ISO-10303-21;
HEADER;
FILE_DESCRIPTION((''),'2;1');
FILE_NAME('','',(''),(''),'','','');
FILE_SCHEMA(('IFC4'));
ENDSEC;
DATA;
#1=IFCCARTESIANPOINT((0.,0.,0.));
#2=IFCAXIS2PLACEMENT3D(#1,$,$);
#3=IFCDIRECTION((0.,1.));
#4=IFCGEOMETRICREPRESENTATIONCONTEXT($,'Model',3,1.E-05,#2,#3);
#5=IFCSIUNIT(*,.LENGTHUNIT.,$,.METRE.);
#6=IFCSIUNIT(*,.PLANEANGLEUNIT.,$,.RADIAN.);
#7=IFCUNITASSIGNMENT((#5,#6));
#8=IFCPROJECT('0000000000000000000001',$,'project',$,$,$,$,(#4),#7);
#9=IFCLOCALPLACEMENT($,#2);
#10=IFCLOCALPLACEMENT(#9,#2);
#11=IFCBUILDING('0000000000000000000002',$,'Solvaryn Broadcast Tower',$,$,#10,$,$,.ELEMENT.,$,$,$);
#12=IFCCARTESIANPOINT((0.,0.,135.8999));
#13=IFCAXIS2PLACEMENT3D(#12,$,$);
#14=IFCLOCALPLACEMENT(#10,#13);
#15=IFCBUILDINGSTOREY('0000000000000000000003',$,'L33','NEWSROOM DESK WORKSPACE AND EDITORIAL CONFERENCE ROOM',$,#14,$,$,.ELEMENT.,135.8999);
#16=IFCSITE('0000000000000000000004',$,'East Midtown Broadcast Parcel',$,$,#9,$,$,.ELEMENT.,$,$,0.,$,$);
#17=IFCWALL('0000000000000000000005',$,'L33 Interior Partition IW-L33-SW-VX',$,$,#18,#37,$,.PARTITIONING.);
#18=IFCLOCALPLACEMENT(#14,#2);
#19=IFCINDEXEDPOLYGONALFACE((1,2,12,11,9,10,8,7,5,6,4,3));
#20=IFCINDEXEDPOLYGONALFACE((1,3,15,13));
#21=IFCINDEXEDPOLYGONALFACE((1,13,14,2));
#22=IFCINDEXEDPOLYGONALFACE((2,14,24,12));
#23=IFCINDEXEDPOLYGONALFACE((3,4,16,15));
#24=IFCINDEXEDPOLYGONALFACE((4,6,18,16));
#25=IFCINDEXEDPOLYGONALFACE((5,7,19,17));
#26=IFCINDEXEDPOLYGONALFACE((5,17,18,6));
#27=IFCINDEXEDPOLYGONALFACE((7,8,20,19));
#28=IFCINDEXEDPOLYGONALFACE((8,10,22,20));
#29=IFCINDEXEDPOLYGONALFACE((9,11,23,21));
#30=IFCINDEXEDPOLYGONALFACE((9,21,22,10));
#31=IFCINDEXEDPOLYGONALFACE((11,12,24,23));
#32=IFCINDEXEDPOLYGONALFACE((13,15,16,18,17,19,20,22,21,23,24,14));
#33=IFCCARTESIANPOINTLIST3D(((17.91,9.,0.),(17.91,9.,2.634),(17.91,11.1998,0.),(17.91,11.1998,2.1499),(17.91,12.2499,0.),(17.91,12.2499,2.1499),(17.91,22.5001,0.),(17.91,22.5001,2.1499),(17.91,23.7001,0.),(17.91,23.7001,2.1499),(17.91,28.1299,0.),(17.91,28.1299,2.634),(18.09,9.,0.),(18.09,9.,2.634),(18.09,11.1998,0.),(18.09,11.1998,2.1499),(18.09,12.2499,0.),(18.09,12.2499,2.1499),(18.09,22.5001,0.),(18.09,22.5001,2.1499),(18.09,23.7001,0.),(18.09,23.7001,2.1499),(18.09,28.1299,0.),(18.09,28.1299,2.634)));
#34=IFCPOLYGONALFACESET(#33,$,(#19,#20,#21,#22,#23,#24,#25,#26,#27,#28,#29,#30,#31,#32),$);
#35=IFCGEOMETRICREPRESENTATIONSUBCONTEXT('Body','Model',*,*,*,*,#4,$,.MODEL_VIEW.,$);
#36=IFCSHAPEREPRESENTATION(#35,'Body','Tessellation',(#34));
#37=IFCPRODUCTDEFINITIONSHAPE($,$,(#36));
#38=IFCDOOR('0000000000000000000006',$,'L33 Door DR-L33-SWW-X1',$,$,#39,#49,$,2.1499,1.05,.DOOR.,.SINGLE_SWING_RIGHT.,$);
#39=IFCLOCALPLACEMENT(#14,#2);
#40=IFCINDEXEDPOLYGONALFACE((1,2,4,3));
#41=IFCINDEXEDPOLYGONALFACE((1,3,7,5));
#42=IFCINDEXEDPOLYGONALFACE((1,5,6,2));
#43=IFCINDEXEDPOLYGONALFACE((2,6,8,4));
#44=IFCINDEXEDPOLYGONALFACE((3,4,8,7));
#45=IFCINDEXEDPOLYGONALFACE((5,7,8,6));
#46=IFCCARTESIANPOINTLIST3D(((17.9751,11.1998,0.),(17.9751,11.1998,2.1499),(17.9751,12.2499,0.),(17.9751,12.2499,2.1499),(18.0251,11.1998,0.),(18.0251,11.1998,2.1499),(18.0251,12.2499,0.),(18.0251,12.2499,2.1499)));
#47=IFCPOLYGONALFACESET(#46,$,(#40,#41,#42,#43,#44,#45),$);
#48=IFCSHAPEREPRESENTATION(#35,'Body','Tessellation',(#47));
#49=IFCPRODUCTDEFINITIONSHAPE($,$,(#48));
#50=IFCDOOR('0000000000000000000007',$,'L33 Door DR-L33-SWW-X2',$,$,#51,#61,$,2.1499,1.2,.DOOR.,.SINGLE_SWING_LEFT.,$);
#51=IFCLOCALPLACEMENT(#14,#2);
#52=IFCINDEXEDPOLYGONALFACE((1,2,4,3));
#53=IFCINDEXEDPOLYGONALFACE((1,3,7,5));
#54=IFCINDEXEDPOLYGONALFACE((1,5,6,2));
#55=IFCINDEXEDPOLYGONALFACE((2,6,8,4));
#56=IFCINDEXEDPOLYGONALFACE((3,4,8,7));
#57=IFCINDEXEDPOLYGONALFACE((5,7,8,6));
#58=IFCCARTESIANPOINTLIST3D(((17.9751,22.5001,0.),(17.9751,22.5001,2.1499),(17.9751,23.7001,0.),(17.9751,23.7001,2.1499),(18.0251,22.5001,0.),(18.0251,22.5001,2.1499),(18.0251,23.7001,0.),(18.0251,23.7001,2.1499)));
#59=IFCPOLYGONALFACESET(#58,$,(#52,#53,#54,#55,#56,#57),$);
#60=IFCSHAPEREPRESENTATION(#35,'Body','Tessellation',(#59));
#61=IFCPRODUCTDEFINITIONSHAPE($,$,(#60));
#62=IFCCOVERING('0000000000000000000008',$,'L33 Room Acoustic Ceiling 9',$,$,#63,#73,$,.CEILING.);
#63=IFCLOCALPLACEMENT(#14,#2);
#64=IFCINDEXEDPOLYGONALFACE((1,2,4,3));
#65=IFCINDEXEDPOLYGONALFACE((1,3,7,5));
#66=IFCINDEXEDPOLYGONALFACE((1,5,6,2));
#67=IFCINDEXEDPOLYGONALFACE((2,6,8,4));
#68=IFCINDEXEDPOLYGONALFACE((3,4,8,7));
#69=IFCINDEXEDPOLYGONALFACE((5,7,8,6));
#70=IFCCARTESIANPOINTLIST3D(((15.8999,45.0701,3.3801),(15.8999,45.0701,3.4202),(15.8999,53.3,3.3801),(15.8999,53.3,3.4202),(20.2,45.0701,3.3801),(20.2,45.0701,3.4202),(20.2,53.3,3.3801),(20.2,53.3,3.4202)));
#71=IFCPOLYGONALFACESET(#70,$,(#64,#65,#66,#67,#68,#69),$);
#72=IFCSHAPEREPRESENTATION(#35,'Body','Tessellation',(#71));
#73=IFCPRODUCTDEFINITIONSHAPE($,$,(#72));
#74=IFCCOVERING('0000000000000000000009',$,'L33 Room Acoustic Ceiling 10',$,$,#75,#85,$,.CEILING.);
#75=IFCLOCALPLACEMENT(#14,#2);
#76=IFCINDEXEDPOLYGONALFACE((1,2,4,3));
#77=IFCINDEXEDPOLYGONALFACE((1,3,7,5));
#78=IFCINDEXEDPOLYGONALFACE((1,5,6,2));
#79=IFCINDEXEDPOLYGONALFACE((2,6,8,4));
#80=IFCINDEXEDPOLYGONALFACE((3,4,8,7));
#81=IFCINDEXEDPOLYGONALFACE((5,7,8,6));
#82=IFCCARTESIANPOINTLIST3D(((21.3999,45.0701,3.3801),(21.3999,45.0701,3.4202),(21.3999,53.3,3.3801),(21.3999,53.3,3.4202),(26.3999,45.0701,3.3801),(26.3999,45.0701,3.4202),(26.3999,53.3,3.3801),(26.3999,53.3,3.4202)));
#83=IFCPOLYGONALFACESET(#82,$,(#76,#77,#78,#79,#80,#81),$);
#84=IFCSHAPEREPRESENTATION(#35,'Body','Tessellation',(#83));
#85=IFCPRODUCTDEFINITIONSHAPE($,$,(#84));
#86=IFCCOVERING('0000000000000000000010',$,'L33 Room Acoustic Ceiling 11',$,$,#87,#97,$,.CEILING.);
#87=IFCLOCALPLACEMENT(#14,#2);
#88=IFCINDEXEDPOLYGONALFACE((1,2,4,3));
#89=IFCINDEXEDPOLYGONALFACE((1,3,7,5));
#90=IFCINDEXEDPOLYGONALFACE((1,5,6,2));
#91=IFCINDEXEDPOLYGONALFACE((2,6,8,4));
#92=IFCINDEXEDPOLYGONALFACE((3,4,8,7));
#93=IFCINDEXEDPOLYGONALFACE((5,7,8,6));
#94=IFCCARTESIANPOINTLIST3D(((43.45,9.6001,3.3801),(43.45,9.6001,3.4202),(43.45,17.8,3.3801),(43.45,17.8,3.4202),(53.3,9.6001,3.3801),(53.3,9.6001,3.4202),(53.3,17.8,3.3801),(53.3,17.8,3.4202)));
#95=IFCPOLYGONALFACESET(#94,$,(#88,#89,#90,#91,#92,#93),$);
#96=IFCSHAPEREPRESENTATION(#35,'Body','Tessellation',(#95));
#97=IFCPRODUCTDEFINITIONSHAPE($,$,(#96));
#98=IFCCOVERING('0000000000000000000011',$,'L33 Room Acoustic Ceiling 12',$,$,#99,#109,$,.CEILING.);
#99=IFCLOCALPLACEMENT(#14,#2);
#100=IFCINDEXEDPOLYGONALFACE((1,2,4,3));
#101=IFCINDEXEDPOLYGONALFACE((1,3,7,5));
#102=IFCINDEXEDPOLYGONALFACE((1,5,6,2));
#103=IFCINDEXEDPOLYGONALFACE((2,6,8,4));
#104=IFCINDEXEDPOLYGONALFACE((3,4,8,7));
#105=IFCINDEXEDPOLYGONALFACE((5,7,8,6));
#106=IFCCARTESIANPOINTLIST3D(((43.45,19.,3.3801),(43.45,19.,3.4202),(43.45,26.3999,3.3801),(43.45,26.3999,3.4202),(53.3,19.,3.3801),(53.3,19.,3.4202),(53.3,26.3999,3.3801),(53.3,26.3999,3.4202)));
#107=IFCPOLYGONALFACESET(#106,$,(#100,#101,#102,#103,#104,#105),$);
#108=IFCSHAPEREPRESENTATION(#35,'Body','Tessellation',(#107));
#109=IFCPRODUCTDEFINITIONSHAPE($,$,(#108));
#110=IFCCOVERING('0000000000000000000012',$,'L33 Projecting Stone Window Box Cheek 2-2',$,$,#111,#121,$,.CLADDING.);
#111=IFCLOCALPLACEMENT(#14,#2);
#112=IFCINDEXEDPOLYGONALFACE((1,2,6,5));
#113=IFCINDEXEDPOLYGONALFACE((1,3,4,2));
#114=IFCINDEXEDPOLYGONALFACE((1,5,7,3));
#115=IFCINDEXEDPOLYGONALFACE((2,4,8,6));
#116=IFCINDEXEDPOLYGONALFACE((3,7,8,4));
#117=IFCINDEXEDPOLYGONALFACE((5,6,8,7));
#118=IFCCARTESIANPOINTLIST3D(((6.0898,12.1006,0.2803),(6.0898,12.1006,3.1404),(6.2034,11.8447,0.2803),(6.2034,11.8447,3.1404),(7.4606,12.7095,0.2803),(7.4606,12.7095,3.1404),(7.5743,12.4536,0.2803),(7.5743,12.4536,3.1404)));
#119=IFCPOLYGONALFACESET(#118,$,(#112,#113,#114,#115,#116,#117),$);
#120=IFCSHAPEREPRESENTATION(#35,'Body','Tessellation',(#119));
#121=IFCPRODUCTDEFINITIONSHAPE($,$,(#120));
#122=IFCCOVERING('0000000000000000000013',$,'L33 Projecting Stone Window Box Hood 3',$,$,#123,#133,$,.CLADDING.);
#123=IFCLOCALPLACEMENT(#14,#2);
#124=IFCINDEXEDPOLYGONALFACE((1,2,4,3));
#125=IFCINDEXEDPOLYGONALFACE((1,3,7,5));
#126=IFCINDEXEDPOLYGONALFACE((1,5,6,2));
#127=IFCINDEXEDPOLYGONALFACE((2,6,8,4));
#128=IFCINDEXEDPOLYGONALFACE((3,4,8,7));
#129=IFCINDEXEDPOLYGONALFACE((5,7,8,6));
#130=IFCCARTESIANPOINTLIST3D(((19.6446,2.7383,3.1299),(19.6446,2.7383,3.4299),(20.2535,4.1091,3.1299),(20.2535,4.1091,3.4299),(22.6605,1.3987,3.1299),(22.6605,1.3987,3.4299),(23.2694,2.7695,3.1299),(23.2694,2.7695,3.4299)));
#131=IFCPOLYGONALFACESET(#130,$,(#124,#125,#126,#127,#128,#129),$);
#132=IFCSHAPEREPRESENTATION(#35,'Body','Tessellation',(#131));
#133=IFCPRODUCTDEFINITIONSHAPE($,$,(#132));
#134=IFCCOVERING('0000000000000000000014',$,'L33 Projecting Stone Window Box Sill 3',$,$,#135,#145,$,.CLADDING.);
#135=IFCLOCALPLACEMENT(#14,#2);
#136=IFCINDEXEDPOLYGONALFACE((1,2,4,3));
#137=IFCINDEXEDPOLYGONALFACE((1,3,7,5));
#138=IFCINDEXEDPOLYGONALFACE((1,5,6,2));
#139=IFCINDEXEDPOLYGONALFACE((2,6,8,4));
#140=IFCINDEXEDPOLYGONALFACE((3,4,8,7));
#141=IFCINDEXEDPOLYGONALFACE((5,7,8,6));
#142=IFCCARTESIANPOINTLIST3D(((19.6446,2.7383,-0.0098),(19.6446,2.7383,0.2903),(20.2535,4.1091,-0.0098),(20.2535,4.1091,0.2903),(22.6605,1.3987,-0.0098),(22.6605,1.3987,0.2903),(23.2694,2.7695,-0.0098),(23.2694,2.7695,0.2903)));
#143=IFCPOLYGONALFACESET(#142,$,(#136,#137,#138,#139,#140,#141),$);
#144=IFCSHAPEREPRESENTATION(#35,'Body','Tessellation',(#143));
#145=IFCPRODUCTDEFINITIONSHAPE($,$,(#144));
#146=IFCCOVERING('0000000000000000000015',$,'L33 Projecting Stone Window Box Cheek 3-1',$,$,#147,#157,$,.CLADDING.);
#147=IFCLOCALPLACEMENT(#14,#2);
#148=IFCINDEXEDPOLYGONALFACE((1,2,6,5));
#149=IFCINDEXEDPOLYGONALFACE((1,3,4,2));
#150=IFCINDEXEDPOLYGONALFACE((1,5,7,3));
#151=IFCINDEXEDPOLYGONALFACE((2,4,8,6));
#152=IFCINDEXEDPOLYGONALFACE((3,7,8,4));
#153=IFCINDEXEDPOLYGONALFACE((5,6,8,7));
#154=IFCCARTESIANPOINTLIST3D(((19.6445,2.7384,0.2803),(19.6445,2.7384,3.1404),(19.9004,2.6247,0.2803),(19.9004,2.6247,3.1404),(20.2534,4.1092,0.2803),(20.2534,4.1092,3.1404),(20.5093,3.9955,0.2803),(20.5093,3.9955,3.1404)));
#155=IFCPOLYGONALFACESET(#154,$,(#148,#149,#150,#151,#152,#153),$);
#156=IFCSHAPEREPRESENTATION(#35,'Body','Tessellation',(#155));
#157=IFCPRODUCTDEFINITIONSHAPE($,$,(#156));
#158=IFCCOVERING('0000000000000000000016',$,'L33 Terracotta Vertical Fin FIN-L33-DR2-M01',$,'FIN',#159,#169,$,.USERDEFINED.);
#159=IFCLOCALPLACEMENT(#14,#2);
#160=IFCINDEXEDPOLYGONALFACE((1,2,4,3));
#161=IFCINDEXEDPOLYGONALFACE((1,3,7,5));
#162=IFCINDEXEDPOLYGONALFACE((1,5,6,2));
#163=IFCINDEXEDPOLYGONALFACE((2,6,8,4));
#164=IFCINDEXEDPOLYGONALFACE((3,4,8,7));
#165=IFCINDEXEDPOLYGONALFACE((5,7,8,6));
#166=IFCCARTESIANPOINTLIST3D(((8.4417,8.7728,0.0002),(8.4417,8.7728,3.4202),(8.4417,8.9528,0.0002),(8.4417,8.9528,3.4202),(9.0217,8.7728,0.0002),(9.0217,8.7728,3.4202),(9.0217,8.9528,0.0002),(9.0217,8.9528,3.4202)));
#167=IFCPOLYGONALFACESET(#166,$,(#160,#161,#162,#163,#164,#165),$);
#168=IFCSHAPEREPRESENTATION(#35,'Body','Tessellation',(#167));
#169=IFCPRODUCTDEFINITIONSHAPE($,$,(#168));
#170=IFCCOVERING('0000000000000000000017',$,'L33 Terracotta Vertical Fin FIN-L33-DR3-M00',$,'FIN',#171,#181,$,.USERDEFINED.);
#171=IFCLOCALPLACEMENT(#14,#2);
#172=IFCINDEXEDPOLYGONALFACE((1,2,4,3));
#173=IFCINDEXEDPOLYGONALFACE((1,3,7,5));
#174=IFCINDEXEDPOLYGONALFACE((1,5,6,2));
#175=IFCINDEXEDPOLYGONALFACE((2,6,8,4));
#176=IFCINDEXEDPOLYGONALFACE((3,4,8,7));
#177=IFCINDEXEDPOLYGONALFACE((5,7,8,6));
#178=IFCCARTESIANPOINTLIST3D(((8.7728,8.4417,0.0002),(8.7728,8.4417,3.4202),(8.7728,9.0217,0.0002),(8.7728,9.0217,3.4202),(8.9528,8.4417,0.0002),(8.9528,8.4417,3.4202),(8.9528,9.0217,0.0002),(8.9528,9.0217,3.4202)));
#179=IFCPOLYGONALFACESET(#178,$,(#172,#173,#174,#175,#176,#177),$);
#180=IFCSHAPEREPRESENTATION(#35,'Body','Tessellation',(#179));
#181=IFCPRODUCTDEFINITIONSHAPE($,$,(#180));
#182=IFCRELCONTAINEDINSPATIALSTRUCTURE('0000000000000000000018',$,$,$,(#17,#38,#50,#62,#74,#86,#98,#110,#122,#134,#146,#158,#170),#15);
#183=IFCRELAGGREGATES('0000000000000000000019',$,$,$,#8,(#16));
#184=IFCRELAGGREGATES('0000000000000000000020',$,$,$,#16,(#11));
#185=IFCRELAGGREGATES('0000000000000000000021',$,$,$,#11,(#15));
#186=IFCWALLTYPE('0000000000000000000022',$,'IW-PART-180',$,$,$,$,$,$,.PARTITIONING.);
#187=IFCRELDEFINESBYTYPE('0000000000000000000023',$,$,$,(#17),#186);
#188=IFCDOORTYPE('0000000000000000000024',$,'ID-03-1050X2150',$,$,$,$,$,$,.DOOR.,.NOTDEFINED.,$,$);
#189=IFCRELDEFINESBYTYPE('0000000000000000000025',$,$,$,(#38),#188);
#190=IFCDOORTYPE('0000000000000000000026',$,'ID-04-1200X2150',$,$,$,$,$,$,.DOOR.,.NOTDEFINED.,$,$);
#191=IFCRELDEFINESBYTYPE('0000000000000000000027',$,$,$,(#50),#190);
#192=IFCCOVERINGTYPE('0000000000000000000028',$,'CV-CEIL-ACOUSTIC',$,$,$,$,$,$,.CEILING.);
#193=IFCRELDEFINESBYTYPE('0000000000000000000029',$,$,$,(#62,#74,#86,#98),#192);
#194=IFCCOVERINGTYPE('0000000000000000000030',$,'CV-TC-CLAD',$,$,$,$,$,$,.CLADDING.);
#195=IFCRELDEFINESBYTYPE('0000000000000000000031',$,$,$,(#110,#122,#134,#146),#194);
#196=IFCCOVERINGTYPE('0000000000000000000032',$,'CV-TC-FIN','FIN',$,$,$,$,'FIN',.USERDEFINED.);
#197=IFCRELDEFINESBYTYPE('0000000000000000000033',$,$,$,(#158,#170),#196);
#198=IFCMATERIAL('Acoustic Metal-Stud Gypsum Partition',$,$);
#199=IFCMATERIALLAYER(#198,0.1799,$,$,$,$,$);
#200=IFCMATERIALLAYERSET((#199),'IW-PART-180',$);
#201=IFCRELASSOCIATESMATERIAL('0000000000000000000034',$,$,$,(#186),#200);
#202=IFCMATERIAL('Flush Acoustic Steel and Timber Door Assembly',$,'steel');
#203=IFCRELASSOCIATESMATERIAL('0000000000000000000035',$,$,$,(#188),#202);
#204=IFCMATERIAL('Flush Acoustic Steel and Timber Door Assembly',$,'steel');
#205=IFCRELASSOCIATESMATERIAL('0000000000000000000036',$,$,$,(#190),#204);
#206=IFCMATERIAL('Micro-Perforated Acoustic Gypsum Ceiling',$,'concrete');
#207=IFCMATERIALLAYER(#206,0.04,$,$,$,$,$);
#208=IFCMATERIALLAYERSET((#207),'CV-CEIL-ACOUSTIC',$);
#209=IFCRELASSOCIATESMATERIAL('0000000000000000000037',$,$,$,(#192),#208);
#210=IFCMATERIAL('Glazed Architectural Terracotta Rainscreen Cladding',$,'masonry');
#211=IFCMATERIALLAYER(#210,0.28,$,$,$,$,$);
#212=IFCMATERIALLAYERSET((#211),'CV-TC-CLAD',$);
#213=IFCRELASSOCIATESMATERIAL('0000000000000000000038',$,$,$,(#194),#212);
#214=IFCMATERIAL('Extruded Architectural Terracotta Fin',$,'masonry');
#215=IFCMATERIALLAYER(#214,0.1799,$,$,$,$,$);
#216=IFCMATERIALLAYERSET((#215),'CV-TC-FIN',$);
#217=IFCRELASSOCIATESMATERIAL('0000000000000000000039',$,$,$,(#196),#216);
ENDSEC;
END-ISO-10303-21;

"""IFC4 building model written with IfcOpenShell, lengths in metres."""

from ifc_helpers import new_model, si_unit, direction, frame, frame_2d, origin, origin_2d, place, context, subcontext, project, spatial, polyline, rectangle, outline, extrude, material, layer, layer_set, type_object, element, fill, save


model = new_model("IFC4")

# Units and contexts
model_context = context("Model", 3, precision=1e-05, world=origin(), true_north=direction((0.0, 1.0)))
body_context = subcontext(model_context, "Body", "Model", "MODEL_VIEW")
ifc_project = project(units=[si_unit("LENGTHUNIT", "METRE"), si_unit("PLANEANGLEUNIT", "RADIAN")], contexts=[model_context])

# Site, building, storey
site_placement = place(None, origin())
site = spatial("IfcSite", under=ifc_project, at=site_placement, Name="East Midtown Broadcast Parcel", CompositionType="ELEMENT", RefElevation=0.0)
building_placement = place(site_placement, origin())
building = spatial("IfcBuilding", under=site, at=building_placement, Name="Solvaryn Broadcast Tower", CompositionType="ELEMENT")
storey_placement = place(building_placement, frame((0.0, 0.0, 135.8999)))
storey = spatial("IfcBuildingStorey", under=building, at=storey_placement, Name="L33", Description="NEWSROOM DESK WORKSPACE AND EDITORIAL CONFERENCE ROOM", CompositionType="ELEMENT", Elevation=135.8999)

# Wall, openings, doors
ifc_material_1 = material(Name="Acoustic Metal-Stud Gypsum Partition")
ifc_layer_1 = layer(ifc_material_1, 0.1799)
ifc_layer_set_1 = layer_set([ifc_layer_1], Name="IW-PART-180")
wall_type_1 = type_object("IfcWallType", Name="IW-PART-180", PredefinedType="PARTITIONING", material=ifc_layer_set_1)
wall_1_placement = place(storey_placement, frame((18.0, 9.0, 0.0), z_axis=(0.0, 0.0, 1.0), x_axis=(0.0, 1.0, 0.0)))
wall_1 = element("IfcWall", 1, at=wall_1_placement, inside=storey, type_object=wall_type_1, Name="L33 Interior Partition IW-L33-SW-VX", PredefinedType="PARTITIONING", context=body_context, shape_type="SweptSolid", body=[
    extrude(rectangle(XDim=19.1299, YDim=0.1799, at=frame_2d((9.5649, 0.0))), origin(), (0.0, 0.0, 1.0), 2.634),
])
opening_1_placement = place(wall_1_placement, frame((2.2, 0.0, 0.0)))
opening_1 = element("IfcOpeningElement", 2, at=opening_1_placement, cuts=wall_1, PredefinedType="OPENING", context=body_context, shape_type="SweptSolid", body=[
    extrude(rectangle(XDim=1.05, YDim=2.1499, at=frame_2d((0.5249, 1.075))), frame((0.0, 0.0999, 0.0), z_axis=(0.0, -1.0, 0.0), x_axis=(1.0, 0.0, 0.0)), (0.0, 0.0, 1.0), 0.2),
])
opening_2_placement = place(wall_1_placement, frame((13.5, 0.0, 0.0)))
opening_2 = element("IfcOpeningElement", 3, at=opening_2_placement, cuts=wall_1, PredefinedType="OPENING", context=body_context, shape_type="SweptSolid", body=[
    extrude(rectangle(XDim=1.2, YDim=2.1499, at=frame_2d((0.6001, 1.075))), frame((0.0, 0.0999, 0.0), z_axis=(0.0, -1.0, 0.0), x_axis=(1.0, 0.0, 0.0)), (0.0, 0.0, 1.0), 0.2),
])
ifc_material_2 = material(Name="Flush Acoustic Steel and Timber Door Assembly", Category="steel")
door_type_1 = type_object("IfcDoorType", Name="ID-03-1050X2150", OperationType="NOTDEFINED", PredefinedType="DOOR", material=ifc_material_2)
door_1_placement = place(opening_1_placement, origin())
door_1 = element("IfcDoor", 4, at=door_1_placement, inside=storey, type_object=door_type_1, Name="L33 Door DR-L33-SWW-X1", OperationType="SINGLE_SWING_RIGHT", OverallHeight=2.1499, OverallWidth=1.05, PredefinedType="DOOR", context=body_context, shape_type="SweptSolid", body=[
    extrude(rectangle(XDim=1.05, YDim=2.1499, at=frame_2d((0.5249, 1.075))), frame((0.0, 0.0249, 0.0), z_axis=(0.0, -1.0, 0.0), x_axis=(1.0, 0.0, 0.0)), (0.0, 0.0, 1.0), 0.05),
])
fill(opening_1, door_1)
ifc_material_3 = material(Name="Flush Acoustic Steel and Timber Door Assembly", Category="steel")
door_type_2 = type_object("IfcDoorType", Name="ID-04-1200X2150", OperationType="NOTDEFINED", PredefinedType="DOOR", material=ifc_material_3)
door_2_placement = place(opening_2_placement, origin())
door_2 = element("IfcDoor", 5, at=door_2_placement, inside=storey, type_object=door_type_2, Name="L33 Door DR-L33-SWW-X2", OperationType="SINGLE_SWING_LEFT", OverallHeight=2.1499, OverallWidth=1.2, PredefinedType="DOOR", context=body_context, shape_type="SweptSolid", body=[
    extrude(rectangle(XDim=1.2, YDim=2.1499, at=frame_2d((0.6001, 1.075))), frame((0.0, 0.0249, 0.0), z_axis=(0.0, -1.0, 0.0), x_axis=(1.0, 0.0, 0.0)), (0.0, 0.0, 1.0), 0.05),
])
fill(opening_2, door_2)

# Coverings
ifc_material_4 = material(Name="Micro-Perforated Acoustic Gypsum Ceiling", Category="concrete")
ifc_layer_2 = layer(ifc_material_4, 0.04)
ifc_layer_set_2 = layer_set([ifc_layer_2], Name="CV-CEIL-ACOUSTIC")
covering_type_1 = type_object("IfcCoveringType", Name="CV-CEIL-ACOUSTIC", PredefinedType="CEILING", material=ifc_layer_set_2)
covering_1_placement = place(storey_placement, frame((0.0, 0.0, 3.3801)))
element("IfcCovering", 6, at=covering_1_placement, inside=storey, type_object=covering_type_1, Name="L33 Room Acoustic Ceiling 9", PredefinedType="CEILING", context=body_context, shape_type="SweptSolid", body=[
    extrude(outline(polyline([(15.8999, 45.0701), (20.2, 45.0701), (20.2, 53.3), (15.8999, 53.3), (15.8999, 45.0701)])), origin(), (0.0, 0.0, 1.0), 0.04),
])
covering_2_placement = place(storey_placement, frame((0.0, 0.0, 3.3801)))
element("IfcCovering", 7, at=covering_2_placement, inside=storey, type_object=covering_type_1, Name="L33 Room Acoustic Ceiling 10", PredefinedType="CEILING", context=body_context, shape_type="SweptSolid", body=[
    extrude(outline(polyline([(21.3999, 45.0701), (26.3999, 45.0701), (26.3999, 53.3), (21.3999, 53.3), (21.3999, 45.0701)])), origin(), (0.0, 0.0, 1.0), 0.04),
])
covering_3_placement = place(storey_placement, frame((0.0, 0.0, 3.3801)))
element("IfcCovering", 8, at=covering_3_placement, inside=storey, type_object=covering_type_1, Name="L33 Room Acoustic Ceiling 11", PredefinedType="CEILING", context=body_context, shape_type="SweptSolid", body=[
    extrude(outline(polyline([(43.45, 9.6001), (53.3, 9.6001), (53.3, 17.8), (43.45, 17.8), (43.45, 9.6001)])), origin(), (0.0, 0.0, 1.0), 0.04),
])
covering_4_placement = place(storey_placement, frame((0.0, 0.0, 3.3801)))
element("IfcCovering", 9, at=covering_4_placement, inside=storey, type_object=covering_type_1, Name="L33 Room Acoustic Ceiling 12", PredefinedType="CEILING", context=body_context, shape_type="SweptSolid", body=[
    extrude(outline(polyline([(43.45, 19.0), (53.3, 19.0), (53.3, 26.3999), (43.45, 26.3999), (43.45, 19.0)])), origin(), (0.0, 0.0, 1.0), 0.04),
])
ifc_material_5 = material(Name="Glazed Architectural Terracotta Rainscreen Cladding", Category="masonry")
ifc_layer_3 = layer(ifc_material_5, 0.28)
ifc_layer_set_3 = layer_set([ifc_layer_3], Name="CV-TC-CLAD")
covering_type_2 = type_object("IfcCoveringType", Name="CV-TC-CLAD", PredefinedType="CLADDING", material=ifc_layer_set_3)
covering_5_placement = place(storey_placement, frame((6.832, 12.2771, 0.2803), z_axis=(0.0, 0.0, 1.0), x_axis=(0.405939, -0.9139, 0.0)))
element("IfcCovering", 10, at=covering_5_placement, inside=storey, type_object=covering_type_2, Name="L33 Projecting Stone Window Box Cheek 2-2", PredefinedType="CLADDING", context=body_context, shape_type="SweptSolid", body=[
    extrude(rectangle(XDim=0.28, YDim=1.5, at=origin_2d()), origin(), (0.0, 0.0, 1.0), 2.8601),
])
for number, where, z_axis, x_axis, name in (
    (11, (21.457, 2.7539, 3.1299), (0.0, 0.0, 1.0), (0.9139, -0.405939, 0.0), "L33 Projecting Stone Window Box Hood 3"),
    (12, (21.457, 2.7539, -0.0098), (0.0, 0.0, 1.0), (0.9139, -0.405939, 0.0), "L33 Projecting Stone Window Box Sill 3"),
):
    element("IfcCovering", number, at=place(storey_placement, frame(where, z_axis=z_axis, x_axis=x_axis)), inside=storey, type_object=covering_type_2, Name=name, PredefinedType="CLADDING", context=body_context, shape_type="SweptSolid", body=[
        extrude(rectangle(XDim=3.3, YDim=1.5, at=origin_2d()), origin(), (0.0, 0.0, 1.0), 0.3),
    ])
covering_6_placement = place(storey_placement, frame((20.0769, 3.3669, 0.2803), z_axis=(0.0, 0.0, 1.0), x_axis=(0.9139, -0.405939, 0.0)))
element("IfcCovering", 13, at=covering_6_placement, inside=storey, type_object=covering_type_2, Name="L33 Projecting Stone Window Box Cheek 3-1", PredefinedType="CLADDING", context=body_context, shape_type="SweptSolid", body=[
    extrude(rectangle(XDim=0.28, YDim=1.5, at=origin_2d()), origin(), (0.0, 0.0, 1.0), 2.8601),
])
ifc_material_6 = material(Name="Extruded Architectural Terracotta Fin", Category="masonry")
ifc_layer_4 = layer(ifc_material_6, 0.1799)
ifc_layer_set_4 = layer_set([ifc_layer_4], Name="CV-TC-FIN")
covering_type_3 = type_object("IfcCoveringType", Name="CV-TC-FIN", Description="FIN", ElementType="FIN", PredefinedType="USERDEFINED", material=ifc_layer_set_4)
covering_7_placement = place(storey_placement, frame((8.7317, 8.8628, 0.0002), z_axis=(0.0, 0.0, 1.0), x_axis=(1.0, 0.0, 0.0)))
element("IfcCovering", 14, at=covering_7_placement, inside=storey, type_object=covering_type_3, Name="L33 Terracotta Vertical Fin FIN-L33-DR2-M01", ObjectType="FIN", PredefinedType="USERDEFINED", context=body_context, shape_type="SweptSolid", body=[
    extrude(rectangle(XDim=0.5801, YDim=0.1799, at=origin_2d()), origin(), (0.0, 0.0, 1.0), 3.4199),
])
covering_8_placement = place(storey_placement, frame((8.8628, 8.7317, 0.0002), z_axis=(0.0, 0.0, 1.0), x_axis=(1.0, 0.0, 0.0)))
element("IfcCovering", 15, at=covering_8_placement, inside=storey, type_object=covering_type_3, Name="L33 Terracotta Vertical Fin FIN-L33-DR3-M00", ObjectType="FIN", PredefinedType="USERDEFINED", context=body_context, shape_type="SweptSolid", body=[
    extrude(rectangle(XDim=0.1799, YDim=0.5801, at=origin_2d()), origin(), (0.0, 0.0, 1.0), 3.4199),
])

save(model, "model.ifc")
